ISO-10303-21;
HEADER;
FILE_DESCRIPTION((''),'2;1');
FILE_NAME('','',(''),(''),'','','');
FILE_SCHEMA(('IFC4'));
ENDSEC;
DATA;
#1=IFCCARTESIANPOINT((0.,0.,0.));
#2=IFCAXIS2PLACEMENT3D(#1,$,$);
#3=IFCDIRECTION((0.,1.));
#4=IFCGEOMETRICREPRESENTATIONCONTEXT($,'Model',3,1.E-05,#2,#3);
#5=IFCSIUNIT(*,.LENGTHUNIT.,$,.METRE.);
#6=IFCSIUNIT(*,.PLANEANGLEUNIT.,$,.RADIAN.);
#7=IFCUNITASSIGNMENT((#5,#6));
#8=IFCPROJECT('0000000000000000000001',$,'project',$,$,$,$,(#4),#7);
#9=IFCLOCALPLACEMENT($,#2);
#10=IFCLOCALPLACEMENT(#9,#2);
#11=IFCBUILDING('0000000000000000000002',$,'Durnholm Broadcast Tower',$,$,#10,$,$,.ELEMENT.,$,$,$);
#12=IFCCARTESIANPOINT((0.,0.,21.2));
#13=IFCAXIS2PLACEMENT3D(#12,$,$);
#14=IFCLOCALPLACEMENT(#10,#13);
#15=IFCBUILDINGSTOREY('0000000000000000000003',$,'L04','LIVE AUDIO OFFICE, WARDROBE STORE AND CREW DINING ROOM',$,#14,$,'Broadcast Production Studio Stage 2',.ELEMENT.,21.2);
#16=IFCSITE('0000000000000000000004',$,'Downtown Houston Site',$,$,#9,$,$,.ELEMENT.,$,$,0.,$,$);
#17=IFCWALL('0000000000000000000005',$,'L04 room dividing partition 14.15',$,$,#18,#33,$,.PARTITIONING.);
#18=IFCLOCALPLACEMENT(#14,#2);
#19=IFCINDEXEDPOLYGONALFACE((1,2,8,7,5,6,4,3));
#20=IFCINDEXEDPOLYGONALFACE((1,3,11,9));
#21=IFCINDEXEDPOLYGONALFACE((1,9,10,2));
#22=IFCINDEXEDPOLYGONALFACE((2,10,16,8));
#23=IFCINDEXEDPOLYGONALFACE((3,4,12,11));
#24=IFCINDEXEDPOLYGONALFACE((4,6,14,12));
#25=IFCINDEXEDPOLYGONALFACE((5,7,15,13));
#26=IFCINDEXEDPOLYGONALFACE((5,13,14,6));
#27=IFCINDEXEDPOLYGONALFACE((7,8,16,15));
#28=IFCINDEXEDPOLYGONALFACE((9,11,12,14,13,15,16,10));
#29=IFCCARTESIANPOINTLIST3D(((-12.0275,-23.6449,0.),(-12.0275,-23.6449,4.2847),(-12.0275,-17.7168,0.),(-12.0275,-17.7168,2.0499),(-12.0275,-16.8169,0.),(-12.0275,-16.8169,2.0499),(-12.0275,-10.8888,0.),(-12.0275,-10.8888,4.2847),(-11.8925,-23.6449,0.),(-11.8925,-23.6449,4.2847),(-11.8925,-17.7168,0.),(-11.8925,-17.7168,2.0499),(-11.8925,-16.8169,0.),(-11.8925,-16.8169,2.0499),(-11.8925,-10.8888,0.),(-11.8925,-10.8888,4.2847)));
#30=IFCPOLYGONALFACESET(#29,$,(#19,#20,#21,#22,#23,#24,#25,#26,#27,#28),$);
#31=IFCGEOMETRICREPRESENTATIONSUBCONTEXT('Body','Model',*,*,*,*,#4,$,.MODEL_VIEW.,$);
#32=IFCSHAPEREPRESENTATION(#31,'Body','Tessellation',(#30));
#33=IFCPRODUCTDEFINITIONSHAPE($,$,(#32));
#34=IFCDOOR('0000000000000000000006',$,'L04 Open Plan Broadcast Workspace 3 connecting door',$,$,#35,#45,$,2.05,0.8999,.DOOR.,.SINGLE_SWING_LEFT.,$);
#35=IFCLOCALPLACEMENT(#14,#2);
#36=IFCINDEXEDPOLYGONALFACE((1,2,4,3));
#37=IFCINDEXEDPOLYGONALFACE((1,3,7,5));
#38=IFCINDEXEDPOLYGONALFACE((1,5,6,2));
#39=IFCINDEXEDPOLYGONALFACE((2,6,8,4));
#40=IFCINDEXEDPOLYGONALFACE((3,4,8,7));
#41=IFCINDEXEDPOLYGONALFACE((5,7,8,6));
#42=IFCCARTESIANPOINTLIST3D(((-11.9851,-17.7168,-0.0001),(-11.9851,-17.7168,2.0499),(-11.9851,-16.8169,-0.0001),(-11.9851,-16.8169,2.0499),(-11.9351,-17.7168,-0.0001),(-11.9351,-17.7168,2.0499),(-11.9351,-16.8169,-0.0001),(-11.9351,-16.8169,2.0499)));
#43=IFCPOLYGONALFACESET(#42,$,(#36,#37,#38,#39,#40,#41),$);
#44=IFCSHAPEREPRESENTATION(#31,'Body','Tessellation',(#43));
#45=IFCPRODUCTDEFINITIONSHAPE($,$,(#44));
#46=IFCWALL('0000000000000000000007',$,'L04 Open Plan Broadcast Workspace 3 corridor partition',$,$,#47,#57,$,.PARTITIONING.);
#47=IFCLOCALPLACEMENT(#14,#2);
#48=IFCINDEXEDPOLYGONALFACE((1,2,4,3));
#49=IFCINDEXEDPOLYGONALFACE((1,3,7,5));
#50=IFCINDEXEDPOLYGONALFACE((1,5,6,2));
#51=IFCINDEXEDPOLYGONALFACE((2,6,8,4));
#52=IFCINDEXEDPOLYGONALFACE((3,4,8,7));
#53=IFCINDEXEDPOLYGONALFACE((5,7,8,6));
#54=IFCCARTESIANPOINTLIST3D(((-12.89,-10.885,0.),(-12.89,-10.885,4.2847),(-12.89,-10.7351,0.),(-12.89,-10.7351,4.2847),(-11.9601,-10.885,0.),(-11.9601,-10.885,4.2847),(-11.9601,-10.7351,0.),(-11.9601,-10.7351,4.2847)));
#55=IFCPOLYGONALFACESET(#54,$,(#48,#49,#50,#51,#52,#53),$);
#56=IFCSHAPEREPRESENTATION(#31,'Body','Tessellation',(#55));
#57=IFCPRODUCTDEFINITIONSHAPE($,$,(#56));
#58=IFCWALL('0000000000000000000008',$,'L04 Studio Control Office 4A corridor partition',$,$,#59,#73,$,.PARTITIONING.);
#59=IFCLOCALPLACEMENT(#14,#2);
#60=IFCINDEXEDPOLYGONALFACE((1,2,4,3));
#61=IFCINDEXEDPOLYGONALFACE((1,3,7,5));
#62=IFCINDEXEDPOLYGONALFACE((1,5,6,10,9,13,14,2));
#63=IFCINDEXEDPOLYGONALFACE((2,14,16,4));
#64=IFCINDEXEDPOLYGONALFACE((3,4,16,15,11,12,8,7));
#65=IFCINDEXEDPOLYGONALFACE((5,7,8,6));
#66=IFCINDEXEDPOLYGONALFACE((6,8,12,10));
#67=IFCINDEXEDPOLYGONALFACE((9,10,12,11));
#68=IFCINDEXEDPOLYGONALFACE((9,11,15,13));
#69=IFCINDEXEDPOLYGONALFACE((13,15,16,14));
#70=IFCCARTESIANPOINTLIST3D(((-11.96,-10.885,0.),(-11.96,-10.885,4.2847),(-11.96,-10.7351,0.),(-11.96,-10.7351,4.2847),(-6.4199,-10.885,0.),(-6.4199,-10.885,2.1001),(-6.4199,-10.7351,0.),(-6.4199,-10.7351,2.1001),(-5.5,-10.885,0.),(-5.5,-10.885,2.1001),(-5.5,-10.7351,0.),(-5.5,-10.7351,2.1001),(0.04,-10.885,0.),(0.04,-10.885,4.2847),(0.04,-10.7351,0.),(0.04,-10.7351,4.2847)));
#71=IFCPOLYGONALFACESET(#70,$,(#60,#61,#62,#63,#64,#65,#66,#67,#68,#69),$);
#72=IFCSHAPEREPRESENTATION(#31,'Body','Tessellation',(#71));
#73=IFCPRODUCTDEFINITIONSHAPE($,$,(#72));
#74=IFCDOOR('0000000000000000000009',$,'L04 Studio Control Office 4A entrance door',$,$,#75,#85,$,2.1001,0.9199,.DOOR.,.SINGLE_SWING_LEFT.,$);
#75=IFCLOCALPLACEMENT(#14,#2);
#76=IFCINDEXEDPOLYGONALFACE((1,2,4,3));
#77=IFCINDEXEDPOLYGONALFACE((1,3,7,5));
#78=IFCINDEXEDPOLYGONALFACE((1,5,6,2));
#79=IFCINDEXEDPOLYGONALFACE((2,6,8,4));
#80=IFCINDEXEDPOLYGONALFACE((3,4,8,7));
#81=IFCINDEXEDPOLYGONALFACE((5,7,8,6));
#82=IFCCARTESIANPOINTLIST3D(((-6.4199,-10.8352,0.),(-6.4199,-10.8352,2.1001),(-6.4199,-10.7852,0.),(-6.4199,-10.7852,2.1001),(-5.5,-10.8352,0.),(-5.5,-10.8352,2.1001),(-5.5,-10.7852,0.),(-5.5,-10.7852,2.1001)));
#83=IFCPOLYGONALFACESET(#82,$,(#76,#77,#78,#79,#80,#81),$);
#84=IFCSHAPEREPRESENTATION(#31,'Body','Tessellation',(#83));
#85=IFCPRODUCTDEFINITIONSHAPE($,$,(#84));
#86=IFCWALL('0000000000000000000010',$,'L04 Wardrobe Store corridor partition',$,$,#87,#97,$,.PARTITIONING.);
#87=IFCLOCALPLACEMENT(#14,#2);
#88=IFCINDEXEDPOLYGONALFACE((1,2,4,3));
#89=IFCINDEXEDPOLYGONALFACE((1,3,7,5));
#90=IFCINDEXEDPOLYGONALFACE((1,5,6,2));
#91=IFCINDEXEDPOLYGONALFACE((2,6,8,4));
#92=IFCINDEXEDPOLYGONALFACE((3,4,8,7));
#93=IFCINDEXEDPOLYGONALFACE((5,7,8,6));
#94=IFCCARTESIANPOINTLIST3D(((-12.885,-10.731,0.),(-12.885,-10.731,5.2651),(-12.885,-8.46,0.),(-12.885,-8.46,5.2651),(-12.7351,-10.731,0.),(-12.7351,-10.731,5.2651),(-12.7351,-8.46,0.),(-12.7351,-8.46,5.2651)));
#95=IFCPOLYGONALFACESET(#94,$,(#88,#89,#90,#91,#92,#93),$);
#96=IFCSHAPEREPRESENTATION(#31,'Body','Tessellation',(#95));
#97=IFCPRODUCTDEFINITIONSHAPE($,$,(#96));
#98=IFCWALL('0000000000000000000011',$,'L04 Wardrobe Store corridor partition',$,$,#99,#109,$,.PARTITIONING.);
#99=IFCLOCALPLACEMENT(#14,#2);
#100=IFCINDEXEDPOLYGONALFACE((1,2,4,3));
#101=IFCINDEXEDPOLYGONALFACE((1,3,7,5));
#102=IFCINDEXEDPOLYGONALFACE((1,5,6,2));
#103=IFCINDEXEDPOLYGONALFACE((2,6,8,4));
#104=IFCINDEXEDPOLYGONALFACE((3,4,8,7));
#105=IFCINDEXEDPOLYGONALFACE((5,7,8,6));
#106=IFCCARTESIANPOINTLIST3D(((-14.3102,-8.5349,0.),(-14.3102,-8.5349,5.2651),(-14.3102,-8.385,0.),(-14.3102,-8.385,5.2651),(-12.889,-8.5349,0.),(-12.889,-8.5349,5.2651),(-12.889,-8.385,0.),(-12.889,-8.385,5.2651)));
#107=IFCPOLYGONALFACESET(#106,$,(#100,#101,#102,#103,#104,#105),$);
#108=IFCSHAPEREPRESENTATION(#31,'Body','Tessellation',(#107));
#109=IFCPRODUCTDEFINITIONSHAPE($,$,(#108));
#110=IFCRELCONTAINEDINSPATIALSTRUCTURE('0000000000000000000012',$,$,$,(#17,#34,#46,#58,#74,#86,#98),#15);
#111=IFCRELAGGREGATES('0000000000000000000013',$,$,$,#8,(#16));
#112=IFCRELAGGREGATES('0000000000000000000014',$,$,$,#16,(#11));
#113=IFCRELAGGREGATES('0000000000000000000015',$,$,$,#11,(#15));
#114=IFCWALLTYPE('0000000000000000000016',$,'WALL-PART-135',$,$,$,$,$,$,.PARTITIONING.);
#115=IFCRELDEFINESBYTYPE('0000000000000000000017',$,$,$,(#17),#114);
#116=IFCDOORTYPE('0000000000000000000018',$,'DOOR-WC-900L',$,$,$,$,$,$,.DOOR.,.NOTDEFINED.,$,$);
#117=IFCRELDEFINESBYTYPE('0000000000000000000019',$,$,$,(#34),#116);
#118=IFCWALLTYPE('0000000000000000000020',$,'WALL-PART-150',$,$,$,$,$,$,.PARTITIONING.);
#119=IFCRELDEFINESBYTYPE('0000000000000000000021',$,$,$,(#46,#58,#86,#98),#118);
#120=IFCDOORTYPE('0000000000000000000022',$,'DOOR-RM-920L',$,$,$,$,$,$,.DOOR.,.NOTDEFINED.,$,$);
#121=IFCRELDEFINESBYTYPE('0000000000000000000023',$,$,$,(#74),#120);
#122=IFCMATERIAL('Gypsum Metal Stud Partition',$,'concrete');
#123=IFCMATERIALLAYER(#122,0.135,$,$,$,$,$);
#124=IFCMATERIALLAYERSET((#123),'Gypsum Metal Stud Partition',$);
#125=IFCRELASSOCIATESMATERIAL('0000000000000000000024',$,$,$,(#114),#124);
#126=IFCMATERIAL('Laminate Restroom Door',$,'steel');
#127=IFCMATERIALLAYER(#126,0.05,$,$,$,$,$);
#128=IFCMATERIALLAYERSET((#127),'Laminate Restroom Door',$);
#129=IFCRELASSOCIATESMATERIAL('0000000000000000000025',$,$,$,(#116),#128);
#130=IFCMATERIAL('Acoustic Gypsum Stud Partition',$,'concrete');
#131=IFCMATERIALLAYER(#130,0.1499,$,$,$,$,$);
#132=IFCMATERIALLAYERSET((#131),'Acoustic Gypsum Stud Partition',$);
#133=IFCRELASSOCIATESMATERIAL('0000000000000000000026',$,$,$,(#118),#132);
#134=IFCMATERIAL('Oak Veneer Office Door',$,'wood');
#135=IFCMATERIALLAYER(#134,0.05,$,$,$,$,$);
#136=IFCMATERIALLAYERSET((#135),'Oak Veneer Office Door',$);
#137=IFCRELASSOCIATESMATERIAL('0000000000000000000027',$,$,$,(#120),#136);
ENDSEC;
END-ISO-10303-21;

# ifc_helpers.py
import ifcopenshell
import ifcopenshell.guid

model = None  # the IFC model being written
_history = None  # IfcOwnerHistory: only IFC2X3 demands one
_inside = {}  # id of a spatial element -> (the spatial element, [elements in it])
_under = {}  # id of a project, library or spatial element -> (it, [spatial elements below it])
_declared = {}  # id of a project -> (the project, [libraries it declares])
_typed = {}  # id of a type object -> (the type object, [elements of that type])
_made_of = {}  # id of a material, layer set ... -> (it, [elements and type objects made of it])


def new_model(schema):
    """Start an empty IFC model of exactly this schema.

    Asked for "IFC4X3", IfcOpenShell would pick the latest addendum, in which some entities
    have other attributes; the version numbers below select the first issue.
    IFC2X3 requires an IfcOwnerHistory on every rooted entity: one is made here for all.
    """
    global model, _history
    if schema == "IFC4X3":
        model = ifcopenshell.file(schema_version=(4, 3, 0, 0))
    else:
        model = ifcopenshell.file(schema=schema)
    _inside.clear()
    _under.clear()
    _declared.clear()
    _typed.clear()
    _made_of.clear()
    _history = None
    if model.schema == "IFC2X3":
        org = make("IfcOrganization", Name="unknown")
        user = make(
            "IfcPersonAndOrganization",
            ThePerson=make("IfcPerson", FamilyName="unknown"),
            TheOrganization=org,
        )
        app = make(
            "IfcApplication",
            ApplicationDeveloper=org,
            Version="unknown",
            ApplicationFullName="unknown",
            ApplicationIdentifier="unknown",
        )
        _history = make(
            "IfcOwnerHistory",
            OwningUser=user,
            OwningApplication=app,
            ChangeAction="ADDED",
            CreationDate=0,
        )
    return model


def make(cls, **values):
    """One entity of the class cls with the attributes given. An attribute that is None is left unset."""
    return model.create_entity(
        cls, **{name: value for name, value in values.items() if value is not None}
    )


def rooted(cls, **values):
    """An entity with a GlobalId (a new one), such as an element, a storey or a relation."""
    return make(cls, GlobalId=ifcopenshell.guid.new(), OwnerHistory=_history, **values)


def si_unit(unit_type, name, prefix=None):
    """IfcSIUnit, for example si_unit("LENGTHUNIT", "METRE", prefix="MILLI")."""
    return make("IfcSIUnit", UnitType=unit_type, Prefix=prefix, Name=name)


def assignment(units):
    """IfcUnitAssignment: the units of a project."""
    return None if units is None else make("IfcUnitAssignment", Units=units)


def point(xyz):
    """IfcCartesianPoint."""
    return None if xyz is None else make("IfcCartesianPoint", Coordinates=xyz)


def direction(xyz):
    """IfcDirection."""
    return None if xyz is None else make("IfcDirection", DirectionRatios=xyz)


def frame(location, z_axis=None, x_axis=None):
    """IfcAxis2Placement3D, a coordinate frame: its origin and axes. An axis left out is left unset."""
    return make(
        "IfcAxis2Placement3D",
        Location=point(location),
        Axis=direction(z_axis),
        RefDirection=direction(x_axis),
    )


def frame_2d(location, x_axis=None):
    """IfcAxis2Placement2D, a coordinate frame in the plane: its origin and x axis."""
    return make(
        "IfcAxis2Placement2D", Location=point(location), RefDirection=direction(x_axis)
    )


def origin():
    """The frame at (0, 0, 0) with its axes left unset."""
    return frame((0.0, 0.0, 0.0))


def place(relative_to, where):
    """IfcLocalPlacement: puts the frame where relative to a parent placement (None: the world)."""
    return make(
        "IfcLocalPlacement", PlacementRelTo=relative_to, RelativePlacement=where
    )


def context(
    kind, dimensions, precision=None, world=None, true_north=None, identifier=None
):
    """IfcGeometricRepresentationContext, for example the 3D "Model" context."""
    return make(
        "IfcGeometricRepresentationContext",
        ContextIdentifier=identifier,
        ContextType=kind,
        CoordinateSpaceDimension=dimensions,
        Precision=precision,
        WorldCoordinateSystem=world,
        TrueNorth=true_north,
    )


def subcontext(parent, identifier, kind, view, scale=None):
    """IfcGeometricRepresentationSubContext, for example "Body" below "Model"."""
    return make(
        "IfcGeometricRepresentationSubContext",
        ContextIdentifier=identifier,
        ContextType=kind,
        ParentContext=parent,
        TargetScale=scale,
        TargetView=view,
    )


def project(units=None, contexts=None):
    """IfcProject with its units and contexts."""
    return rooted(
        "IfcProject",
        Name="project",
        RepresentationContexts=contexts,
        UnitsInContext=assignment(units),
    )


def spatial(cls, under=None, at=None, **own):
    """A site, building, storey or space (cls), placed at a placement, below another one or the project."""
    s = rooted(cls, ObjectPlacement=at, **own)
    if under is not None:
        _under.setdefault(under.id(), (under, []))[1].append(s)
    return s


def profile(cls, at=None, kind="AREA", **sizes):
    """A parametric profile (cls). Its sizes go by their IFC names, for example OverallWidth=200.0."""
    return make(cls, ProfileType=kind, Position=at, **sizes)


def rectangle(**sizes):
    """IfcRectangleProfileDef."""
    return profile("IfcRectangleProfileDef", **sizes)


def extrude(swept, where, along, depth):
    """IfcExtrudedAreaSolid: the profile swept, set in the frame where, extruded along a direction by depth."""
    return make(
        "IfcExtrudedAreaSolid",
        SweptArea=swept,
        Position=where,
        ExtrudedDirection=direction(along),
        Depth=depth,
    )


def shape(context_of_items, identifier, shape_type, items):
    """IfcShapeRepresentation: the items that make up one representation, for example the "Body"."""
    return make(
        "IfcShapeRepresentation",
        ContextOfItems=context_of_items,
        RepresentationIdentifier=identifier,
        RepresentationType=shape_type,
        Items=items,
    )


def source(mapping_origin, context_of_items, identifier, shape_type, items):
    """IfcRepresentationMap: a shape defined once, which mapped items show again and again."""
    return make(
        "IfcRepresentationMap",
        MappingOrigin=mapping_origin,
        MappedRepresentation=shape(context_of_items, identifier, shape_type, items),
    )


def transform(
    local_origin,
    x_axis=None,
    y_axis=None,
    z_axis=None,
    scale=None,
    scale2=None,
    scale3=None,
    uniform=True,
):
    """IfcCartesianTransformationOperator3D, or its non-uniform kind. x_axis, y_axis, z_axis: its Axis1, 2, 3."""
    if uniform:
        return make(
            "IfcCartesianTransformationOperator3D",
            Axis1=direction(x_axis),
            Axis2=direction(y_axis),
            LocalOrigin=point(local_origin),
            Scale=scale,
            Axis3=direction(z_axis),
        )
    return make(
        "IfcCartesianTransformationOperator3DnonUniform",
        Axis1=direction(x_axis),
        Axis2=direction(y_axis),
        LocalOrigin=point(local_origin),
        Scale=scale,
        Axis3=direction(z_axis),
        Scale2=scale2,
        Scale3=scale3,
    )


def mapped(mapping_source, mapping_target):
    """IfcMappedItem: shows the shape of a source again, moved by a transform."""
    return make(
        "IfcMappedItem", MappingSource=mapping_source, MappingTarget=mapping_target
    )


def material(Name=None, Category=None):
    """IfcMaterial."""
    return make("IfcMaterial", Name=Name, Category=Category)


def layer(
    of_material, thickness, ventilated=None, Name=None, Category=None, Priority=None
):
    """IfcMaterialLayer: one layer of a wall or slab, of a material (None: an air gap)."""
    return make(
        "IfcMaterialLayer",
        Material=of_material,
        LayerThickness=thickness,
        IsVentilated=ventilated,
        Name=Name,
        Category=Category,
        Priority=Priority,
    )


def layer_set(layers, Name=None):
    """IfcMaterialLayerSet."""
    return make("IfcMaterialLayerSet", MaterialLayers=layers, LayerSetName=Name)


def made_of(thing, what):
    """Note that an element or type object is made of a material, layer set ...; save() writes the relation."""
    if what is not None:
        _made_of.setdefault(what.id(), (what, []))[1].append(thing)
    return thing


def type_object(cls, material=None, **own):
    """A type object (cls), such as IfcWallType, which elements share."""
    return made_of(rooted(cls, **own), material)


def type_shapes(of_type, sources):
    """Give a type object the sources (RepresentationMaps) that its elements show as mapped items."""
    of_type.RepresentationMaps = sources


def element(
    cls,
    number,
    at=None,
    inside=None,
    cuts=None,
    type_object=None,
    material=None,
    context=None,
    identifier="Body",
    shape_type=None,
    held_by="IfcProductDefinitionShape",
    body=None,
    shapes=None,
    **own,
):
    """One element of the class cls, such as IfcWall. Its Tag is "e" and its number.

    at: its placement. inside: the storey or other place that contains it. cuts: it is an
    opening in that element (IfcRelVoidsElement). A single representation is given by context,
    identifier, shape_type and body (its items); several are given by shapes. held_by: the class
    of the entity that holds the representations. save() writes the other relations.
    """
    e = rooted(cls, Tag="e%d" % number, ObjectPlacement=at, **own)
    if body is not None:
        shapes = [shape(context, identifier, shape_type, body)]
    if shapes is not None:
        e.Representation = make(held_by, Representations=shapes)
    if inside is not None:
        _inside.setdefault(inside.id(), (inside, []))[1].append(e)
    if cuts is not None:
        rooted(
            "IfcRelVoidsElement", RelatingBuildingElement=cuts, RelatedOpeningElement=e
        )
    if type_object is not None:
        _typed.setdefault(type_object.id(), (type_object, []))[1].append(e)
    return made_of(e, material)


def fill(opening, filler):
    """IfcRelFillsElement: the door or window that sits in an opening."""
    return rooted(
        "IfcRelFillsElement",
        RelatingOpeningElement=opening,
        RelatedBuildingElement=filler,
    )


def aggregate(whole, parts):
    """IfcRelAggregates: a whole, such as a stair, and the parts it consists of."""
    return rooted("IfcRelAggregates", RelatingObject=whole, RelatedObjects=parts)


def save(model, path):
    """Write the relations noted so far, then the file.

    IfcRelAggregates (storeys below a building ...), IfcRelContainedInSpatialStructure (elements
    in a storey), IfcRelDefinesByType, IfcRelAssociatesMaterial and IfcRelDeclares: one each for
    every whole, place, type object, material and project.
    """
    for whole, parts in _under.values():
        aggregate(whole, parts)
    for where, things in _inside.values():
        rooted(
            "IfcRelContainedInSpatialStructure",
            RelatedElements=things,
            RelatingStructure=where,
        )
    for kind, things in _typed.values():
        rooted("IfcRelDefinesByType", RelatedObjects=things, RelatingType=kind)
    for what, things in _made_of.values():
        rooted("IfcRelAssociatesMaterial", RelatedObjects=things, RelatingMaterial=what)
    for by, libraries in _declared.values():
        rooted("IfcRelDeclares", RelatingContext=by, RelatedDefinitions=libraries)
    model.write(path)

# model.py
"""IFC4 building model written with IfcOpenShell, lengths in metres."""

from ifc_helpers import new_model, si_unit, direction, frame, frame_2d, origin, place, context, subcontext, project, spatial, rectangle, extrude, source, transform, mapped, material, layer, layer_set, type_object, type_shapes, element, fill, save


model = new_model("IFC4")

# Units and contexts
model_context = context("Model", 3, precision=1e-05, world=origin(), true_north=direction((0.0, 1.0)))
body_context = subcontext(model_context, "Body", "Model", "MODEL_VIEW")
ifc_project = project(units=[si_unit("LENGTHUNIT", "METRE"), si_unit("PLANEANGLEUNIT", "RADIAN")], contexts=[model_context])

# Site, building, storey
site_placement = place(None, origin())
site = spatial("IfcSite", under=ifc_project, at=site_placement, Name="Downtown Houston Site", CompositionType="ELEMENT", RefElevation=0.0)
building_placement = place(site_placement, origin())
building = spatial("IfcBuilding", under=site, at=building_placement, Name="Durnholm Broadcast Tower", CompositionType="ELEMENT")
storey_placement = place(building_placement, frame((0.0, 0.0, 21.2)))
storey = spatial("IfcBuildingStorey", under=building, at=storey_placement, Name="L04", Description="LIVE AUDIO OFFICE, WARDROBE STORE AND CREW DINING ROOM", LongName="Broadcast Production Studio Stage 2", CompositionType="ELEMENT", Elevation=21.2)

# Wall, opening, door
ifc_material_1 = material(Name="Gypsum Metal Stud Partition", Category="concrete")
ifc_layer_1 = layer(ifc_material_1, 0.135)
ifc_layer_set_1 = layer_set([ifc_layer_1], Name="Gypsum Metal Stud Partition")
wall_type_1 = type_object("IfcWallType", Name="WALL-PART-135", PredefinedType="PARTITIONING", material=ifc_layer_set_1)
wall_1_placement = place(storey_placement, frame((-11.96, -10.8889, 0.0), z_axis=(0.0, 0.0, 1.0), x_axis=(0.0, -1.0, 0.0)))
wall_1 = element("IfcWall", 1, at=wall_1_placement, inside=storey, type_object=wall_type_1, Name="L04 room dividing partition 14.15", PredefinedType="PARTITIONING", context=body_context, shape_type="SweptSolid", body=[
    extrude(rectangle(XDim=12.7561, YDim=0.135, at=frame_2d((6.3779, 0.0))), origin(), (0.0, 0.0, 1.0), 4.2847),
])
opening_1_placement = place(wall_1_placement, frame((5.928, 0.0, 0.0)))
opening_1 = element("IfcOpeningElement", 2, at=opening_1_placement, cuts=wall_1, PredefinedType="OPENING", context=body_context, shape_type="SweptSolid", body=[
    extrude(rectangle(XDim=0.8999, YDim=2.05, at=frame_2d((0.45, 1.0249))), frame((0.0, 0.0776, 0.0), z_axis=(0.0, -1.0, 0.0), x_axis=(1.0, 0.0, 0.0)), (0.0, 0.0, 1.0), 0.155),
])
ifc_material_2 = material(Name="Laminate Restroom Door", Category="steel")
ifc_layer_2 = layer(ifc_material_2, 0.05)
ifc_layer_set_2 = layer_set([ifc_layer_2], Name="Laminate Restroom Door")
door_type_1 = type_object("IfcDoorType", Name="DOOR-WC-900L", OperationType="NOTDEFINED", PredefinedType="DOOR", material=ifc_layer_set_2)
shared_shape_1 = source(origin(), body_context, "Body", "SweptSolid", [
    extrude(rectangle(XDim=0.8999, YDim=2.05, at=frame_2d((0.45, 1.0249))), frame((0.0, 0.0249, 0.0), z_axis=(0.0, -1.0, 0.0), x_axis=(1.0, 0.0, 0.0)), (0.0, 0.0, 1.0), 0.05),
])
type_shapes(door_type_1, [shared_shape_1])
door_1_placement = place(opening_1_placement, origin())
door_1 = element("IfcDoor", 3, at=door_1_placement, inside=storey, type_object=door_type_1, Name="L04 Open Plan Broadcast Workspace 3 connecting door", OperationType="SINGLE_SWING_LEFT", OverallHeight=2.05, OverallWidth=0.8999, PredefinedType="DOOR", context=body_context, shape_type="MappedRepresentation", body=[
    mapped(shared_shape_1, transform((0.0, 0.0, 0.0), x_axis=(1.0, 0.0, 0.0), y_axis=(0.0, 1.0, 0.0), z_axis=(0.0, 0.0, 1.0), scale=1.0)),
])
fill(opening_1, door_1)

# Wall
ifc_material_3 = material(Name="Acoustic Gypsum Stud Partition", Category="concrete")
ifc_layer_3 = layer(ifc_material_3, 0.1499)
ifc_layer_set_3 = layer_set([ifc_layer_3], Name="Acoustic Gypsum Stud Partition")
wall_type_2 = type_object("IfcWallType", Name="WALL-PART-150", PredefinedType="PARTITIONING", material=ifc_layer_set_3)
wall_2_placement = place(storey_placement, frame((-12.8899, -10.8101, 0.0), z_axis=(0.0, 0.0, 1.0), x_axis=(1.0, 0.0, 0.0)))
element("IfcWall", 4, at=wall_2_placement, inside=storey, type_object=wall_type_2, Name="L04 Open Plan Broadcast Workspace 3 corridor partition", PredefinedType="PARTITIONING", context=body_context, shape_type="SweptSolid", body=[
    extrude(rectangle(XDim=0.9299, YDim=0.1499, at=frame_2d((0.4648, 0.0))), origin(), (0.0, 0.0, 1.0), 4.2847),
])

# Wall, opening, door
wall_3_placement = place(storey_placement, frame((-11.96, -10.8101, 0.0), z_axis=(0.0, 0.0, 1.0), x_axis=(1.0, 0.0, 0.0)))
wall_3 = element("IfcWall", 5, at=wall_3_placement, inside=storey, type_object=wall_type_2, Name="L04 Studio Control Office 4A corridor partition", PredefinedType="PARTITIONING", context=body_context, shape_type="SweptSolid", body=[
    extrude(rectangle(XDim=12.0, YDim=0.1499, at=frame_2d((6.0, 0.0))), origin(), (0.0, 0.0, 1.0), 4.2847),
])
opening_2_placement = place(wall_3_placement, frame((5.54, 0.0, 0.0)))
opening_2 = element("IfcOpeningElement", 6, at=opening_2_placement, cuts=wall_3, PredefinedType="OPENING", context=body_context, shape_type="SweptSolid", body=[
    extrude(rectangle(XDim=0.9199, YDim=2.1001, at=frame_2d((0.46, 1.05))), frame((0.0, 0.085, 0.0), z_axis=(0.0, -1.0, 0.0), x_axis=(1.0, 0.0, 0.0)), (0.0, 0.0, 1.0), 0.1699),
])
ifc_material_4 = material(Name="Oak Veneer Office Door", Category="wood")
ifc_layer_4 = layer(ifc_material_4, 0.05)
ifc_layer_set_4 = layer_set([ifc_layer_4], Name="Oak Veneer Office Door")
door_type_2 = type_object("IfcDoorType", Name="DOOR-RM-920L", OperationType="NOTDEFINED", PredefinedType="DOOR", material=ifc_layer_set_4)
shared_shape_2 = source(origin(), body_context, "Body", "SweptSolid", [
    extrude(rectangle(XDim=0.9199, YDim=2.1001, at=frame_2d((0.46, 1.05))), frame((0.0, 0.0249, 0.0), z_axis=(0.0, -1.0, 0.0), x_axis=(1.0, 0.0, 0.0)), (0.0, 0.0, 1.0), 0.05),
])
type_shapes(door_type_2, [shared_shape_2])
door_2_placement = place(opening_2_placement, origin())
door_2 = element("IfcDoor", 7, at=door_2_placement, inside=storey, type_object=door_type_2, Name="L04 Studio Control Office 4A entrance door", OperationType="SINGLE_SWING_LEFT", OverallHeight=2.1001, OverallWidth=0.9199, PredefinedType="DOOR", context=body_context, shape_type="MappedRepresentation", body=[
    mapped(shared_shape_2, transform((0.0, 0.0, 0.0), x_axis=(1.0, 0.0, 0.0), y_axis=(0.0, 1.0, 0.0), z_axis=(0.0, 0.0, 1.0), scale=1.0)),
])
fill(opening_2, door_2)

# Walls
wall_4_placement = place(storey_placement, frame((-12.8101, -8.46, 0.0), z_axis=(0.0, 0.0, 1.0), x_axis=(0.0, -1.0, 0.0)))
element("IfcWall", 8, at=wall_4_placement, inside=storey, type_object=wall_type_2, Name="L04 Wardrobe Store corridor partition", PredefinedType="PARTITIONING", context=body_context, shape_type="SweptSolid", body=[
    extrude(rectangle(XDim=2.271, YDim=0.1499, at=frame_2d((1.1355, 0.0))), origin(), (0.0, 0.0, 1.0), 5.2651),
])
wall_5_placement = place(storey_placement, frame((-14.3101, -8.46, 0.0), z_axis=(0.0, 0.0, 1.0), x_axis=(1.0, 0.0, 0.0)))
element("IfcWall", 9, at=wall_5_placement, inside=storey, type_object=wall_type_2, Name="L04 Wardrobe Store corridor partition", PredefinedType="PARTITIONING", context=body_context, shape_type="SweptSolid", body=[
    extrude(rectangle(XDim=1.4211, YDim=0.1499, at=frame_2d((0.7104, 0.0))), origin(), (0.0, 0.0, 1.0), 5.2651),
])

save(model, "model.ifc")
